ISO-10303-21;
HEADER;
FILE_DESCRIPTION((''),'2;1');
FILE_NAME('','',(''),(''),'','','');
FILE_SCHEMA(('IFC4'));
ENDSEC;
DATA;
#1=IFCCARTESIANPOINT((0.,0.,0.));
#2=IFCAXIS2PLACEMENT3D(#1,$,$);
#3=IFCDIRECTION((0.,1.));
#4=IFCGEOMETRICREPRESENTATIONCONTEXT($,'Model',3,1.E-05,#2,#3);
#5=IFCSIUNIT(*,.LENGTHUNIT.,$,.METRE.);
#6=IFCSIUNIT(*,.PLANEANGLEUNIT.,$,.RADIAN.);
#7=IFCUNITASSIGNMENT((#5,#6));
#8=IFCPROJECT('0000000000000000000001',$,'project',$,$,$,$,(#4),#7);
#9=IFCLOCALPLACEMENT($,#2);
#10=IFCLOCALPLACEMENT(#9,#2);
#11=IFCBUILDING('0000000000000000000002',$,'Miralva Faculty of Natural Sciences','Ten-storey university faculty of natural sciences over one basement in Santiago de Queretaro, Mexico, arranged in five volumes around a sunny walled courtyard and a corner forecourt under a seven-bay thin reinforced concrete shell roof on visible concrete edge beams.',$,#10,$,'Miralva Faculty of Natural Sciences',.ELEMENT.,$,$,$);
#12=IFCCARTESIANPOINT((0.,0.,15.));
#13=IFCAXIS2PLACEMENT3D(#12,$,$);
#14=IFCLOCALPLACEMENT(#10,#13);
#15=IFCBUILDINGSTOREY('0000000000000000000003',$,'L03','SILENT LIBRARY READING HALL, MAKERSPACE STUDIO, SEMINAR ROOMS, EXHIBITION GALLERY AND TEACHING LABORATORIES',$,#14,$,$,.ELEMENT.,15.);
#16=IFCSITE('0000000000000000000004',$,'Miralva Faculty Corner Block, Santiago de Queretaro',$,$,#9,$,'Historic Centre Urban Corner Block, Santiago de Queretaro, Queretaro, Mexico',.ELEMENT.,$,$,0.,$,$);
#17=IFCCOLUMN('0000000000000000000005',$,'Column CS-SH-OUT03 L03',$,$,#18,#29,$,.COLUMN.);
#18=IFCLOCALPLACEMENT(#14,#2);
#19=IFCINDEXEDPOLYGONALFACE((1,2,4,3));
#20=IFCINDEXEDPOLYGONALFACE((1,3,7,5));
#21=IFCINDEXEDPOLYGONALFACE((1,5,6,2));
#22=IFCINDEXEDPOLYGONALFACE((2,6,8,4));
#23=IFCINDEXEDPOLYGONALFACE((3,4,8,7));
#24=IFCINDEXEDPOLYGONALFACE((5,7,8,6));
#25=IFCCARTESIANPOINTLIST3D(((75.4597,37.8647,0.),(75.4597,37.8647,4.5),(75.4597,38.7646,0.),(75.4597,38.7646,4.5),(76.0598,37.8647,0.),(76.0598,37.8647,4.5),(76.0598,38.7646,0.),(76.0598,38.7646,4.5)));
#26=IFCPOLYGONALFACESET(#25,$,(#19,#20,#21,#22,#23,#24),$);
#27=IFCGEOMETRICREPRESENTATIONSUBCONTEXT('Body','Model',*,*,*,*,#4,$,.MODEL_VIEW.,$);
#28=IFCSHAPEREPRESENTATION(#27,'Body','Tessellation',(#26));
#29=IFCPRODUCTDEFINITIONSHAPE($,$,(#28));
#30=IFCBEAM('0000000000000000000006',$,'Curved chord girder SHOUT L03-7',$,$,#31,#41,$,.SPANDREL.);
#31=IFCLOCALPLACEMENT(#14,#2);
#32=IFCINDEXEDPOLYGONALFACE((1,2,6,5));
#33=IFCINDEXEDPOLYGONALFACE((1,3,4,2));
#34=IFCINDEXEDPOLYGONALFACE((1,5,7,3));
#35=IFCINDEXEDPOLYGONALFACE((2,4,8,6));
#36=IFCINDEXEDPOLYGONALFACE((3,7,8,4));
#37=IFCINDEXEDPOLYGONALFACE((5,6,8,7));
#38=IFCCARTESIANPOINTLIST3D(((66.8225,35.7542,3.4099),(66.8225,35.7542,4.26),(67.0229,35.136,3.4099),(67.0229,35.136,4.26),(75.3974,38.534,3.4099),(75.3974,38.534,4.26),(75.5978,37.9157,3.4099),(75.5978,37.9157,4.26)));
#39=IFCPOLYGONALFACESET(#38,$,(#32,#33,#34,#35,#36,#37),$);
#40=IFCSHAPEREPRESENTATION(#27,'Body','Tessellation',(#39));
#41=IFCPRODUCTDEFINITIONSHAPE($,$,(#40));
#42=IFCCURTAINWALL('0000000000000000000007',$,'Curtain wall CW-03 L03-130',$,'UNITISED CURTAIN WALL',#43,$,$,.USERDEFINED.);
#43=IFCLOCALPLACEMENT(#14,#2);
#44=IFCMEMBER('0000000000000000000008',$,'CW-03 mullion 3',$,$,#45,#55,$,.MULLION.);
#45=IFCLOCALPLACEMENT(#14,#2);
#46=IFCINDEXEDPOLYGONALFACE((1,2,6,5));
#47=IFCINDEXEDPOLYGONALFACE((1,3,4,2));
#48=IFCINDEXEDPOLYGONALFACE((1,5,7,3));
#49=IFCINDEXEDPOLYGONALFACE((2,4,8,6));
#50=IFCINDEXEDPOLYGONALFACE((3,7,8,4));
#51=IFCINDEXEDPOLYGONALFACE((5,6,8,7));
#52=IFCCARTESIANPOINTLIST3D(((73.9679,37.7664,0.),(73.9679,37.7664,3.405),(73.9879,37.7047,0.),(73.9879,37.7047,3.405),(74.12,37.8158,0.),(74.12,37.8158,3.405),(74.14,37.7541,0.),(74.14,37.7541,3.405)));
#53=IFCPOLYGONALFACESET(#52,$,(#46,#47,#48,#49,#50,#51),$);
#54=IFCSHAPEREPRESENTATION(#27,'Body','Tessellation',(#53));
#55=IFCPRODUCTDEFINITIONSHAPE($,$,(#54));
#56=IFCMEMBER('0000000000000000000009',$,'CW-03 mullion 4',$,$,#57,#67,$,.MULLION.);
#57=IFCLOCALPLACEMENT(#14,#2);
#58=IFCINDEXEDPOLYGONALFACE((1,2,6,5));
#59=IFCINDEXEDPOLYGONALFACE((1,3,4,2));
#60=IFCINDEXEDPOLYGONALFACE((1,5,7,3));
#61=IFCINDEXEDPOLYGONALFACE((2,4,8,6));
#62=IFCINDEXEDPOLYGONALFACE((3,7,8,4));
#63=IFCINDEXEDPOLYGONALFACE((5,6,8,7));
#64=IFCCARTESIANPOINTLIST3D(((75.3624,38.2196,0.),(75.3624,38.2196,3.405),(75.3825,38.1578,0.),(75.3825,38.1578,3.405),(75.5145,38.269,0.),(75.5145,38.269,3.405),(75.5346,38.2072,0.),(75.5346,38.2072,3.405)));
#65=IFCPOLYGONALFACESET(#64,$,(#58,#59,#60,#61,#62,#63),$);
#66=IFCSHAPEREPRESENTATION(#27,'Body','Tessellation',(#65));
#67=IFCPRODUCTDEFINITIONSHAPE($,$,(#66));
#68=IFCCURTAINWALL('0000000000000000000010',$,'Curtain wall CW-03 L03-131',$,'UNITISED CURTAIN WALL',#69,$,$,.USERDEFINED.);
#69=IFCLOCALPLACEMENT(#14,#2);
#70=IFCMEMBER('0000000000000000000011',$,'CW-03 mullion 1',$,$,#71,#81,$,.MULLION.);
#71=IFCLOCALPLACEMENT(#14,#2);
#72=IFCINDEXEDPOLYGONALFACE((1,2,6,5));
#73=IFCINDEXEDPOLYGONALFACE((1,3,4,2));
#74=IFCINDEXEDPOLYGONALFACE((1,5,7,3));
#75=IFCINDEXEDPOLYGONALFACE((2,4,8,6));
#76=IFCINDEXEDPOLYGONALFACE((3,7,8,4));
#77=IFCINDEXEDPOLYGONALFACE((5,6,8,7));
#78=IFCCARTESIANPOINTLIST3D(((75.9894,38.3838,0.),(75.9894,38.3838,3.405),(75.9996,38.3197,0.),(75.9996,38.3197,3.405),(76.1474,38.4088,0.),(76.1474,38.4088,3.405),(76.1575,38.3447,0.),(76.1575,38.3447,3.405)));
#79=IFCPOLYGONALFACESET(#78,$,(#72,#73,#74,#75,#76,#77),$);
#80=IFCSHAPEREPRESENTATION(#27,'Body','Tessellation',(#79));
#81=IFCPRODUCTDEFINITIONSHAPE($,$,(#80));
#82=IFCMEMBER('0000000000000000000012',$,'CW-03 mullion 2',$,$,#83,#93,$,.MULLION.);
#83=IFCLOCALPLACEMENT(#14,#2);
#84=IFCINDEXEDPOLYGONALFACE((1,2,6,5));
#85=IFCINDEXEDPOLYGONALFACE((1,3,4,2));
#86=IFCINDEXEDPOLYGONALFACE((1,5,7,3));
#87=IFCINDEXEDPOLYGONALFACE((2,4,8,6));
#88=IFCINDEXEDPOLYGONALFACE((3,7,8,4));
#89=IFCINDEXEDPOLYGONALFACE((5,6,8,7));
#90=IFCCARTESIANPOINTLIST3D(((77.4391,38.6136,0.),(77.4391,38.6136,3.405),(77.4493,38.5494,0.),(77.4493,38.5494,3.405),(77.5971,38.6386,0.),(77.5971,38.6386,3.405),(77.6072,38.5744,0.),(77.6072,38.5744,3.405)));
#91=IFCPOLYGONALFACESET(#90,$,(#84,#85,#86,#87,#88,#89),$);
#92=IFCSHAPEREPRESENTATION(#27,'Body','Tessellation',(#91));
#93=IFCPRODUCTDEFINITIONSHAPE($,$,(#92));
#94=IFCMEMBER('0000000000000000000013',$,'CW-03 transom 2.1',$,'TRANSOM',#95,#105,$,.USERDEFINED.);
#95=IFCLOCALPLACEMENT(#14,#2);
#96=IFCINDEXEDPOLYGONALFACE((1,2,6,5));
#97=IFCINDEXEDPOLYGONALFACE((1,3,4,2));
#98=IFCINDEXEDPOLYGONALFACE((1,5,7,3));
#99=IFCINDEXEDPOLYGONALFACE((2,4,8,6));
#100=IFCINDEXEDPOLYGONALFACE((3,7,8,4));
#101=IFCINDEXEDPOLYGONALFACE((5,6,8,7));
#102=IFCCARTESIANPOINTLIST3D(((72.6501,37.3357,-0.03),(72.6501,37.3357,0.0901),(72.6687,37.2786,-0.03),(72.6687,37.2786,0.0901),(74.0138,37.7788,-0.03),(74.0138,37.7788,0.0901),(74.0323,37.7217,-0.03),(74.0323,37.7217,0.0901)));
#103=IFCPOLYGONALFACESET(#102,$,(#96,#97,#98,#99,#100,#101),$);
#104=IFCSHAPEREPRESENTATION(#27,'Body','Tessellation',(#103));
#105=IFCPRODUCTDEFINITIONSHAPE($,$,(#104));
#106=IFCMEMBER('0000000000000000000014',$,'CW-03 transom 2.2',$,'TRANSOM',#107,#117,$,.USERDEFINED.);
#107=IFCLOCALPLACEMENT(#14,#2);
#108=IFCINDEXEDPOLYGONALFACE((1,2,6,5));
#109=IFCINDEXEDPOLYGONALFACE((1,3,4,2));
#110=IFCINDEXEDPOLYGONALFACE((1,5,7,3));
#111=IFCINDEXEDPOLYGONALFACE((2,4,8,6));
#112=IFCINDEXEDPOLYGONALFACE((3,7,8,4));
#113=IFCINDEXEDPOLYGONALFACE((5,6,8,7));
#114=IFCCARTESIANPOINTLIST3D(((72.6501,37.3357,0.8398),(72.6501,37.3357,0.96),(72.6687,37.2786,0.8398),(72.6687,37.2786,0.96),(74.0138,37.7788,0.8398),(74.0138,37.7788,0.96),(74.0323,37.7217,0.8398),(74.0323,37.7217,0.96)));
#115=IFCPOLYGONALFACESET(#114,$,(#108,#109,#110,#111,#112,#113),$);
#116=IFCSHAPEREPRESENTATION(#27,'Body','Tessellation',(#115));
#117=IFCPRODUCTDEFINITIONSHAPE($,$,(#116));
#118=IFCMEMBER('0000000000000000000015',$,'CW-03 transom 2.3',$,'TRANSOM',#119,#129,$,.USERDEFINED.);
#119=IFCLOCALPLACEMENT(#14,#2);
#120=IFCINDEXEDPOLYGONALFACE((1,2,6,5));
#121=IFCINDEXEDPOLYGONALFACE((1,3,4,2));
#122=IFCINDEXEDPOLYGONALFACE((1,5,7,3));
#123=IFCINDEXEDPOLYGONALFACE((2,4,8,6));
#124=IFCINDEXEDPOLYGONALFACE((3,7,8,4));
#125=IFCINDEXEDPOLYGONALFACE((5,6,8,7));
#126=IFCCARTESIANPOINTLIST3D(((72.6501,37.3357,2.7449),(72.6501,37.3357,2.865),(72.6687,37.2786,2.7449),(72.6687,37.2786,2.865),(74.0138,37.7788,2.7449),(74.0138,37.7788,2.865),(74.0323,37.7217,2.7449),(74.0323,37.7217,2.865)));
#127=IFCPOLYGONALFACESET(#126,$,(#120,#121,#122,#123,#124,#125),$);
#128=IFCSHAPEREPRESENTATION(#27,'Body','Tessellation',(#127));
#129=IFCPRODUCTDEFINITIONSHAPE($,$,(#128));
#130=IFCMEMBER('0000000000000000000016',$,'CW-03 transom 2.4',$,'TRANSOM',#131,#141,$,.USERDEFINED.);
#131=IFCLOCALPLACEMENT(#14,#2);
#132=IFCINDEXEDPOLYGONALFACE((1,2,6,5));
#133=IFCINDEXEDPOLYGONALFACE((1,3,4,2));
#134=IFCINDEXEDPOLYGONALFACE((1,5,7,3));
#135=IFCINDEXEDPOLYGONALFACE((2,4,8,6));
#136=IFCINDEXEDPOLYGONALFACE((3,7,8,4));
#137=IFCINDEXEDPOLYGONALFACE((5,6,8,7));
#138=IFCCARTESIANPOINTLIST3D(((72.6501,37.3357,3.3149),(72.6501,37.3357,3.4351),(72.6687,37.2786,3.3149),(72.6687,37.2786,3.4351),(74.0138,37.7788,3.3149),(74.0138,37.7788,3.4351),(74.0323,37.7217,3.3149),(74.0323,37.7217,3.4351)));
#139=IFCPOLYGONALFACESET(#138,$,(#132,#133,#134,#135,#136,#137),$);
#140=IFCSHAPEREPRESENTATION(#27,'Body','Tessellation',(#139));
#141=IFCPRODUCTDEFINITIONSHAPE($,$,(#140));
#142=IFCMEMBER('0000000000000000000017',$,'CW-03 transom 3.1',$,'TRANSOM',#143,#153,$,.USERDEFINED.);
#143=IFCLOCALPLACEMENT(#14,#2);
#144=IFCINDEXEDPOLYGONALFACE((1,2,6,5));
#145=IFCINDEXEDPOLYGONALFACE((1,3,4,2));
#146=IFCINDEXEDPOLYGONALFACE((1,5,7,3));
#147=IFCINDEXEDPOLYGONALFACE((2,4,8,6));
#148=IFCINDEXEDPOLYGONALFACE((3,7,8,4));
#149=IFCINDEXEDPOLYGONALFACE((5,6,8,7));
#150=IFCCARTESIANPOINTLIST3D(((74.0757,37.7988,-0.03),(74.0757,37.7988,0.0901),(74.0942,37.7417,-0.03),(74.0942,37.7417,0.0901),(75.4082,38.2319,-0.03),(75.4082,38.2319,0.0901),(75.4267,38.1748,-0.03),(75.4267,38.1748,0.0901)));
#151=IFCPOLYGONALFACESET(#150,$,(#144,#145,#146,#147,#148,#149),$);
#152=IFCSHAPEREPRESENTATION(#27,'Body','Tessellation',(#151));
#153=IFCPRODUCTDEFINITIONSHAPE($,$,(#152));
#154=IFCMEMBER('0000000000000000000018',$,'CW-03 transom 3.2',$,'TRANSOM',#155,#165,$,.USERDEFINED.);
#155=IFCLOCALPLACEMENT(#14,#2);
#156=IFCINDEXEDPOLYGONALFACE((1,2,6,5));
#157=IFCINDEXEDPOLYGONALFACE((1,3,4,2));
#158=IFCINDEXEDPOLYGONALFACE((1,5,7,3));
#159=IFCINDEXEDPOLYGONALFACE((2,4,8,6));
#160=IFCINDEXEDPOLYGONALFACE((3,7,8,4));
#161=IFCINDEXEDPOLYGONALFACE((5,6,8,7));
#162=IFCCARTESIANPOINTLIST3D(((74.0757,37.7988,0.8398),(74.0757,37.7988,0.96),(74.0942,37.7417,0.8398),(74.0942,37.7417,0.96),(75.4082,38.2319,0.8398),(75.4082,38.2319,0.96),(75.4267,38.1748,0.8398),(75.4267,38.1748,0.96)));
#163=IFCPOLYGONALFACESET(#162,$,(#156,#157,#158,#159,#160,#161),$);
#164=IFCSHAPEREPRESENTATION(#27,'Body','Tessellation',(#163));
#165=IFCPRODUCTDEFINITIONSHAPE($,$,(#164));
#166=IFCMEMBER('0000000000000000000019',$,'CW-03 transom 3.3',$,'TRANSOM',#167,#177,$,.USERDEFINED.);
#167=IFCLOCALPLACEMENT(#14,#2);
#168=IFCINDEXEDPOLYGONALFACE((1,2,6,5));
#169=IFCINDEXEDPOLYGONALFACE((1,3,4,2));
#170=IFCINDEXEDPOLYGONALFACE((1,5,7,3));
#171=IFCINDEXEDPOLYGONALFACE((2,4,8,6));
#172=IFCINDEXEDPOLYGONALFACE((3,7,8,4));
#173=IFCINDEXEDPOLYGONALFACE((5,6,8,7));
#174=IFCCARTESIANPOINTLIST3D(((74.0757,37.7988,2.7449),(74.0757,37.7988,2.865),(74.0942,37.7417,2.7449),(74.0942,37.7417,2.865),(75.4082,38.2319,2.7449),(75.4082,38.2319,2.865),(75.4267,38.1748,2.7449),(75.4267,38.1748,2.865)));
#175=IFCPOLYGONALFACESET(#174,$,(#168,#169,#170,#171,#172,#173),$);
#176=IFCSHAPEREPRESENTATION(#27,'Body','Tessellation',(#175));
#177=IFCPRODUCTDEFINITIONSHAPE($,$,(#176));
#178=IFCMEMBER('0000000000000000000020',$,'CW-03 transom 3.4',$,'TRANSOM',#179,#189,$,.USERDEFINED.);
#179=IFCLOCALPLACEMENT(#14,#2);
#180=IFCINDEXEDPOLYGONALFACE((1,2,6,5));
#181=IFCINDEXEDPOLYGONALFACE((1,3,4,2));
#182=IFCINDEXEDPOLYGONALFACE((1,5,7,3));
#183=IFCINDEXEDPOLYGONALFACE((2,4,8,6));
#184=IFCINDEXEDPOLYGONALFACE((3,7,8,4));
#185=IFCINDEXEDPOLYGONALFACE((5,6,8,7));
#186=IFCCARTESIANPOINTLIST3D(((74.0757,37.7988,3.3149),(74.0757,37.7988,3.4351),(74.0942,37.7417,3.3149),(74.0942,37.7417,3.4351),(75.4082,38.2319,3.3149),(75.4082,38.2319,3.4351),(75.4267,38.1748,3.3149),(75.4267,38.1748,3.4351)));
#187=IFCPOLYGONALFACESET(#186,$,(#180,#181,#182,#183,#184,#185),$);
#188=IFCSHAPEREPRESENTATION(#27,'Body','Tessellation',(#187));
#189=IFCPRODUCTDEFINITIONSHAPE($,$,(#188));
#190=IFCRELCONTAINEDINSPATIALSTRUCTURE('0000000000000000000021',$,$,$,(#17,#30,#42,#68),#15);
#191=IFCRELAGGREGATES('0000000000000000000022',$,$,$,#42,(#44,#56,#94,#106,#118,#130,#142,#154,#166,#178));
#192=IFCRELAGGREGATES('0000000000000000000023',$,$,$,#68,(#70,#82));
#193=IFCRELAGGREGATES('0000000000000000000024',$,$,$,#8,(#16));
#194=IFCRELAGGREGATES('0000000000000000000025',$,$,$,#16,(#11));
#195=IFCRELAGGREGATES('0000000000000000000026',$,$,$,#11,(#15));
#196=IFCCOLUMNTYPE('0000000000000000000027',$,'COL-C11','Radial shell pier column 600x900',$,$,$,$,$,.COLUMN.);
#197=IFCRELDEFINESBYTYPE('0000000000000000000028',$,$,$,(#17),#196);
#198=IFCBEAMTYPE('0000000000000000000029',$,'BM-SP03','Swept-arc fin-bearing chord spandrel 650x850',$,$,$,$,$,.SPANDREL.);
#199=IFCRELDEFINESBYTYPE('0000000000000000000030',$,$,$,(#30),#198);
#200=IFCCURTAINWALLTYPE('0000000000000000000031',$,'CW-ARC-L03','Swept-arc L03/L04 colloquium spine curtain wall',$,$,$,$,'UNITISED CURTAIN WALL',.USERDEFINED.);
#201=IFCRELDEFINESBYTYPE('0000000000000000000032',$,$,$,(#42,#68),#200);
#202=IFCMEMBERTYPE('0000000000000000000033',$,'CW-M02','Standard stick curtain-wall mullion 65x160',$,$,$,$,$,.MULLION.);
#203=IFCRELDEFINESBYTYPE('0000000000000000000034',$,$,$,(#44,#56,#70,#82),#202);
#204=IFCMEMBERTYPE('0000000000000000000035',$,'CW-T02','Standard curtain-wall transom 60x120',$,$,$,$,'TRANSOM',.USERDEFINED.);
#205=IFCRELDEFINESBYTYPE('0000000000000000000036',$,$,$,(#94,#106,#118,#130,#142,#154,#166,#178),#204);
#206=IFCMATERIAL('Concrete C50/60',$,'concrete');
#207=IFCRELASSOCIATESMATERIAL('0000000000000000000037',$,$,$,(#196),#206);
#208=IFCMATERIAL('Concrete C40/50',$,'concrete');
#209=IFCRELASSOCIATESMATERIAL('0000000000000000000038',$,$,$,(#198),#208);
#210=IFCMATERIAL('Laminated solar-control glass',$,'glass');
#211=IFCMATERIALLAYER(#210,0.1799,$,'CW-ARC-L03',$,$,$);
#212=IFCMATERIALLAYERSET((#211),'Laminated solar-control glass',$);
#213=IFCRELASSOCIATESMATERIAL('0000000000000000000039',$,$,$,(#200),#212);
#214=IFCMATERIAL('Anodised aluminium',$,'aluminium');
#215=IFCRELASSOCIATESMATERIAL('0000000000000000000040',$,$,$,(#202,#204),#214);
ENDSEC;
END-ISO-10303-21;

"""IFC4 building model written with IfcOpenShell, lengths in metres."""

from ifc_helpers import new_model, si_unit, direction, frame, origin, origin_2d, place, context, subcontext, project, spatial, rectangle, extrude, material, layer, layer_set, material_profile, profile_set, type_object, element, aggregate, save


model = new_model("IFC4")

# Units and contexts
model_context = context("Model", 3, precision=1e-05, world=origin(), true_north=direction((0.0, 1.0)))
body_context = subcontext(model_context, "Body", "Model", "MODEL_VIEW")
ifc_project = project(units=[si_unit("LENGTHUNIT", "METRE"), si_unit("PLANEANGLEUNIT", "RADIAN")], contexts=[model_context])

# Site, building, storey
site_placement = place(None, origin())
site = spatial("IfcSite", under=ifc_project, at=site_placement, Name="Miralva Faculty Corner Block, Santiago de Queretaro", LongName="Historic Centre Urban Corner Block, Santiago de Queretaro, Queretaro, Mexico", CompositionType="ELEMENT", RefElevation=0.0)
building_placement = place(site_placement, origin())
building = spatial("IfcBuilding", under=site, at=building_placement, Name="Miralva Faculty of Natural Sciences", Description="Ten-storey university faculty of natural sciences over one basement in Santiago de Queretaro, Mexico, arranged in five volumes around a sunny walled courtyard and a corner forecourt under a seven-bay thin reinforced concrete shell roof on visible concrete edge beams.", LongName="Miralva Faculty of Natural Sciences", CompositionType="ELEMENT")
storey_placement = place(building_placement, frame((0.0, 0.0, 15.0)))
storey = spatial("IfcBuildingStorey", under=building, at=storey_placement, Name="L03", Description="SILENT LIBRARY READING HALL, MAKERSPACE STUDIO, SEMINAR ROOMS, EXHIBITION GALLERY AND TEACHING LABORATORIES", CompositionType="ELEMENT", Elevation=15.0)

# Column
ifc_material_1 = material(Name="Concrete C50/60", Category="concrete")
ifc_material_profile_1 = material_profile(ifc_material_1, rectangle(XDim=0.6001, YDim=0.8999, at=origin_2d()), Name="RC 600x900")
ifc_profile_set_1 = profile_set([ifc_material_profile_1], Name="Concrete C50/60")
column_type = type_object("IfcColumnType", Name="COL-C11", Description="Radial shell pier column 600x900", PredefinedType="COLUMN", material=ifc_profile_set_1)
column_placement = place(storey_placement, frame((75.7598, 38.3147, 0.0), z_axis=(0.0, 0.0, 1.0), x_axis=(1.0, 0.0, 0.0)))
element("IfcColumn", 1, at=column_placement, inside=storey, type_object=column_type, Name="Column CS-SH-OUT03 L03", PredefinedType="COLUMN", context=body_context, shape_type="SweptSolid", body=[
    extrude(rectangle(XDim=0.6001, YDim=0.8999, at=origin_2d()), origin(), (0.0, 0.0, 1.0), 4.5),
])

# Beam
ifc_material_2 = material(Name="Concrete C40/50", Category="concrete")
ifc_material_profile_2 = material_profile(ifc_material_2, rectangle(XDim=0.6499, YDim=0.8501, at=origin_2d()), Name="RC 650x850")
ifc_profile_set_2 = profile_set([ifc_material_profile_2], Name="Concrete C40/50")
beam_type = type_object("IfcBeamType", Name="BM-SP03", Description="Swept-arc fin-bearing chord spandrel 650x850", PredefinedType="SPANDREL", material=ifc_profile_set_2)
beam_placement = place(storey_placement, frame((75.4976, 38.2249, 3.835), z_axis=(-0.951264, -0.308376, 0.0), x_axis=(0.308376, -0.951264, 0.0)))
element("IfcBeam", 2, at=beam_placement, inside=storey, type_object=beam_type, Name="Curved chord girder SHOUT L03-7", PredefinedType="SPANDREL", context=body_context, shape_type="SweptSolid", body=[
    extrude(rectangle(XDim=0.6499, YDim=0.8501, at=origin_2d()), origin(), (0.0, 0.0, 1.0), 9.0142),
])

# Curtain walls, members
ifc_material_3 = material(Name="Laminated solar-control glass", Category="glass")
ifc_layer_1 = layer(ifc_material_3, 0.1799, Name="CW-ARC-L03")
ifc_layer_set_1 = layer_set([ifc_layer_1], Name="Laminated solar-control glass")
curtain_wall_type = type_object("IfcCurtainWallType", Name="CW-ARC-L03", Description="Swept-arc L03/L04 colloquium spine curtain wall", ElementType="UNITISED CURTAIN WALL", PredefinedType="USERDEFINED", material=ifc_layer_set_1)
curtain_wall_1_placement = place(storey_placement, origin())
curtain_wall_1 = element("IfcCurtainWall", 3, at=curtain_wall_1_placement, inside=storey, type_object=curtain_wall_type, Name="Curtain wall CW-03 L03-130", ObjectType="UNITISED CURTAIN WALL", PredefinedType="USERDEFINED")
ifc_material_4 = material(Name="Anodised aluminium", Category="aluminium")
ifc_material_profile_3 = material_profile(ifc_material_4, rectangle(XDim=0.0649, YDim=0.1599, at=origin_2d()), Name="MULLION 65x160")
ifc_profile_set_3 = profile_set([ifc_material_profile_3], Name="Anodised aluminium")
member_type_1 = type_object("IfcMemberType", Name="CW-M02", Description="Standard stick curtain-wall mullion 65x160", PredefinedType="MULLION", material=ifc_profile_set_3)
member_1_placement = place(storey_placement, frame((74.054, 37.7603, 0.0), z_axis=(0.0, 0.0, 1.0), x_axis=(-0.309006, 0.95106, 0.0)))
member_1 = element("IfcMember", 4, at=member_1_placement, type_object=member_type_1, Name="CW-03 mullion 3", PredefinedType="MULLION", context=body_context, shape_type="SweptSolid", body=[
    extrude(rectangle(XDim=0.0649, YDim=0.1599, at=origin_2d()), origin(), (0.0, 0.0, 1.0), 3.405),
])
member_2_placement = place(storey_placement, frame((75.4485, 38.2134, 0.0), z_axis=(0.0, 0.0, 1.0), x_axis=(-0.309006, 0.95106, 0.0)))
member_2 = element("IfcMember", 5, at=member_2_placement, type_object=member_type_1, Name="CW-03 mullion 4", PredefinedType="MULLION", context=body_context, shape_type="SweptSolid", body=[
    extrude(rectangle(XDim=0.0649, YDim=0.1599, at=origin_2d()), origin(), (0.0, 0.0, 1.0), 3.405),
])
curtain_wall_2_placement = place(storey_placement, origin())
curtain_wall_2 = element("IfcCurtainWall", 6, at=curtain_wall_2_placement, inside=storey, type_object=curtain_wall_type, Name="Curtain wall CW-03 L03-131", ObjectType="UNITISED CURTAIN WALL", PredefinedType="USERDEFINED")
member_3_placement = place(storey_placement, frame((76.0735, 38.3643, 0.0), z_axis=(0.0, 0.0, 1.0), x_axis=(-0.156431, 0.987689, 0.0)))
member_3 = element("IfcMember", 7, at=member_3_placement, type_object=member_type_1, Name="CW-03 mullion 1", PredefinedType="MULLION", context=body_context, shape_type="SweptSolid", body=[
    extrude(rectangle(XDim=0.0649, YDim=0.1599, at=origin_2d()), origin(), (0.0, 0.0, 1.0), 3.405),
])
member_4_placement = place(storey_placement, frame((77.5232, 38.594, 0.0), z_axis=(0.0, 0.0, 1.0), x_axis=(-0.156431, 0.987689, 0.0)))
member_4 = element("IfcMember", 8, at=member_4_placement, type_object=member_type_1, Name="CW-03 mullion 2", PredefinedType="MULLION", context=body_context, shape_type="SweptSolid", body=[
    extrude(rectangle(XDim=0.0649, YDim=0.1599, at=origin_2d()), origin(), (0.0, 0.0, 1.0), 3.405),
])

# Members
ifc_material_profile_4 = material_profile(ifc_material_4, rectangle(XDim=0.0601, YDim=0.1201, at=origin_2d()), Name="TRANSOM 60x120")
ifc_profile_set_4 = profile_set([ifc_material_profile_4], Name="Anodised aluminium")
member_type_2 = type_object("IfcMemberType", Name="CW-T02", Description="Standard curtain-wall transom 60x120", ElementType="TRANSOM", PredefinedType="USERDEFINED", material=ifc_profile_set_4)
member_5_placement = place(storey_placement, frame((72.6594, 37.3071, 0.03), z_axis=(0.95104, 0.309067, 0.0), x_axis=(-0.309067, 0.95104, 0.0)))
member_5 = element("IfcMember", 9, at=member_5_placement, type_object=member_type_2, Name="CW-03 transom 2.1", ObjectType="TRANSOM", PredefinedType="USERDEFINED", context=body_context, shape_type="SweptSolid", body=[
    extrude(rectangle(XDim=0.0601, YDim=0.1201, at=origin_2d()), origin(), (0.0, 0.0, 1.0), 1.4338),
])
member_6_placement = place(storey_placement, frame((72.6594, 37.3071, 0.8999), z_axis=(0.95104, 0.309067, 0.0), x_axis=(-0.309067, 0.95104, 0.0)))
member_6 = element("IfcMember", 10, at=member_6_placement, type_object=member_type_2, Name="CW-03 transom 2.2", ObjectType="TRANSOM", PredefinedType="USERDEFINED", context=body_context, shape_type="SweptSolid", body=[
    extrude(rectangle(XDim=0.0601, YDim=0.1201, at=origin_2d()), origin(), (0.0, 0.0, 1.0), 1.4338),
])
member_7_placement = place(storey_placement, frame((72.6594, 37.3071, 2.8049), z_axis=(0.95104, 0.309067, 0.0), x_axis=(-0.309067, 0.95104, 0.0)))
member_7 = element("IfcMember", 11, at=member_7_placement, type_object=member_type_2, Name="CW-03 transom 2.3", ObjectType="TRANSOM", PredefinedType="USERDEFINED", context=body_context, shape_type="SweptSolid", body=[
    extrude(rectangle(XDim=0.0601, YDim=0.1201, at=origin_2d()), origin(), (0.0, 0.0, 1.0), 1.4338),
])
member_8_placement = place(storey_placement, frame((72.6594, 37.3071, 3.375), z_axis=(0.95104, 0.309067, 0.0), x_axis=(-0.309067, 0.95104, 0.0)))
member_8 = element("IfcMember", 12, at=member_8_placement, type_object=member_type_2, Name="CW-03 transom 2.4", ObjectType="TRANSOM", PredefinedType="USERDEFINED", context=body_context, shape_type="SweptSolid", body=[
    extrude(rectangle(XDim=0.0601, YDim=0.1201, at=origin_2d()), origin(), (0.0, 0.0, 1.0), 1.4338),
])
member_9_placement = place(storey_placement, frame((74.085, 37.7703, 0.03), z_axis=(0.951026, 0.30911, 0.0), x_axis=(-0.30911, 0.951026, 0.0)))
member_9 = element("IfcMember", 13, at=member_9_placement, type_object=member_type_2, Name="CW-03 transom 3.1", ObjectType="TRANSOM", PredefinedType="USERDEFINED", context=body_context, shape_type="SweptSolid", body=[
    extrude(rectangle(XDim=0.0601, YDim=0.1201, at=origin_2d()), origin(), (0.0, 0.0, 1.0), 1.4011),
])
member_10_placement = place(storey_placement, frame((74.085, 37.7703, 0.8999), z_axis=(0.951026, 0.30911, 0.0), x_axis=(-0.30911, 0.951026, 0.0)))
member_10 = element("IfcMember", 14, at=member_10_placement, type_object=member_type_2, Name="CW-03 transom 3.2", ObjectType="TRANSOM", PredefinedType="USERDEFINED", context=body_context, shape_type="SweptSolid", body=[
    extrude(rectangle(XDim=0.0601, YDim=0.1201, at=origin_2d()), origin(), (0.0, 0.0, 1.0), 1.4011),
])
member_11_placement = place(storey_placement, frame((74.085, 37.7703, 2.8049), z_axis=(0.951026, 0.30911, 0.0), x_axis=(-0.30911, 0.951026, 0.0)))
member_11 = element("IfcMember", 15, at=member_11_placement, type_object=member_type_2, Name="CW-03 transom 3.3", ObjectType="TRANSOM", PredefinedType="USERDEFINED", context=body_context, shape_type="SweptSolid", body=[
    extrude(rectangle(XDim=0.0601, YDim=0.1201, at=origin_2d()), origin(), (0.0, 0.0, 1.0), 1.4011),
])
member_12_placement = place(storey_placement, frame((74.085, 37.7703, 3.375), z_axis=(0.951026, 0.30911, 0.0), x_axis=(-0.30911, 0.951026, 0.0)))
member_12 = element("IfcMember", 16, at=member_12_placement, type_object=member_type_2, Name="CW-03 transom 3.4", ObjectType="TRANSOM", PredefinedType="USERDEFINED", context=body_context, shape_type="SweptSolid", body=[
    extrude(rectangle(XDim=0.0601, YDim=0.1201, at=origin_2d()), origin(), (0.0, 0.0, 1.0), 1.4011),
])

aggregate(curtain_wall_1, [member_1, member_2, member_5, member_6, member_7, member_8, member_9, member_10, member_11, member_12])
aggregate(curtain_wall_2, [member_3, member_4])

save(model, "model.ifc")
